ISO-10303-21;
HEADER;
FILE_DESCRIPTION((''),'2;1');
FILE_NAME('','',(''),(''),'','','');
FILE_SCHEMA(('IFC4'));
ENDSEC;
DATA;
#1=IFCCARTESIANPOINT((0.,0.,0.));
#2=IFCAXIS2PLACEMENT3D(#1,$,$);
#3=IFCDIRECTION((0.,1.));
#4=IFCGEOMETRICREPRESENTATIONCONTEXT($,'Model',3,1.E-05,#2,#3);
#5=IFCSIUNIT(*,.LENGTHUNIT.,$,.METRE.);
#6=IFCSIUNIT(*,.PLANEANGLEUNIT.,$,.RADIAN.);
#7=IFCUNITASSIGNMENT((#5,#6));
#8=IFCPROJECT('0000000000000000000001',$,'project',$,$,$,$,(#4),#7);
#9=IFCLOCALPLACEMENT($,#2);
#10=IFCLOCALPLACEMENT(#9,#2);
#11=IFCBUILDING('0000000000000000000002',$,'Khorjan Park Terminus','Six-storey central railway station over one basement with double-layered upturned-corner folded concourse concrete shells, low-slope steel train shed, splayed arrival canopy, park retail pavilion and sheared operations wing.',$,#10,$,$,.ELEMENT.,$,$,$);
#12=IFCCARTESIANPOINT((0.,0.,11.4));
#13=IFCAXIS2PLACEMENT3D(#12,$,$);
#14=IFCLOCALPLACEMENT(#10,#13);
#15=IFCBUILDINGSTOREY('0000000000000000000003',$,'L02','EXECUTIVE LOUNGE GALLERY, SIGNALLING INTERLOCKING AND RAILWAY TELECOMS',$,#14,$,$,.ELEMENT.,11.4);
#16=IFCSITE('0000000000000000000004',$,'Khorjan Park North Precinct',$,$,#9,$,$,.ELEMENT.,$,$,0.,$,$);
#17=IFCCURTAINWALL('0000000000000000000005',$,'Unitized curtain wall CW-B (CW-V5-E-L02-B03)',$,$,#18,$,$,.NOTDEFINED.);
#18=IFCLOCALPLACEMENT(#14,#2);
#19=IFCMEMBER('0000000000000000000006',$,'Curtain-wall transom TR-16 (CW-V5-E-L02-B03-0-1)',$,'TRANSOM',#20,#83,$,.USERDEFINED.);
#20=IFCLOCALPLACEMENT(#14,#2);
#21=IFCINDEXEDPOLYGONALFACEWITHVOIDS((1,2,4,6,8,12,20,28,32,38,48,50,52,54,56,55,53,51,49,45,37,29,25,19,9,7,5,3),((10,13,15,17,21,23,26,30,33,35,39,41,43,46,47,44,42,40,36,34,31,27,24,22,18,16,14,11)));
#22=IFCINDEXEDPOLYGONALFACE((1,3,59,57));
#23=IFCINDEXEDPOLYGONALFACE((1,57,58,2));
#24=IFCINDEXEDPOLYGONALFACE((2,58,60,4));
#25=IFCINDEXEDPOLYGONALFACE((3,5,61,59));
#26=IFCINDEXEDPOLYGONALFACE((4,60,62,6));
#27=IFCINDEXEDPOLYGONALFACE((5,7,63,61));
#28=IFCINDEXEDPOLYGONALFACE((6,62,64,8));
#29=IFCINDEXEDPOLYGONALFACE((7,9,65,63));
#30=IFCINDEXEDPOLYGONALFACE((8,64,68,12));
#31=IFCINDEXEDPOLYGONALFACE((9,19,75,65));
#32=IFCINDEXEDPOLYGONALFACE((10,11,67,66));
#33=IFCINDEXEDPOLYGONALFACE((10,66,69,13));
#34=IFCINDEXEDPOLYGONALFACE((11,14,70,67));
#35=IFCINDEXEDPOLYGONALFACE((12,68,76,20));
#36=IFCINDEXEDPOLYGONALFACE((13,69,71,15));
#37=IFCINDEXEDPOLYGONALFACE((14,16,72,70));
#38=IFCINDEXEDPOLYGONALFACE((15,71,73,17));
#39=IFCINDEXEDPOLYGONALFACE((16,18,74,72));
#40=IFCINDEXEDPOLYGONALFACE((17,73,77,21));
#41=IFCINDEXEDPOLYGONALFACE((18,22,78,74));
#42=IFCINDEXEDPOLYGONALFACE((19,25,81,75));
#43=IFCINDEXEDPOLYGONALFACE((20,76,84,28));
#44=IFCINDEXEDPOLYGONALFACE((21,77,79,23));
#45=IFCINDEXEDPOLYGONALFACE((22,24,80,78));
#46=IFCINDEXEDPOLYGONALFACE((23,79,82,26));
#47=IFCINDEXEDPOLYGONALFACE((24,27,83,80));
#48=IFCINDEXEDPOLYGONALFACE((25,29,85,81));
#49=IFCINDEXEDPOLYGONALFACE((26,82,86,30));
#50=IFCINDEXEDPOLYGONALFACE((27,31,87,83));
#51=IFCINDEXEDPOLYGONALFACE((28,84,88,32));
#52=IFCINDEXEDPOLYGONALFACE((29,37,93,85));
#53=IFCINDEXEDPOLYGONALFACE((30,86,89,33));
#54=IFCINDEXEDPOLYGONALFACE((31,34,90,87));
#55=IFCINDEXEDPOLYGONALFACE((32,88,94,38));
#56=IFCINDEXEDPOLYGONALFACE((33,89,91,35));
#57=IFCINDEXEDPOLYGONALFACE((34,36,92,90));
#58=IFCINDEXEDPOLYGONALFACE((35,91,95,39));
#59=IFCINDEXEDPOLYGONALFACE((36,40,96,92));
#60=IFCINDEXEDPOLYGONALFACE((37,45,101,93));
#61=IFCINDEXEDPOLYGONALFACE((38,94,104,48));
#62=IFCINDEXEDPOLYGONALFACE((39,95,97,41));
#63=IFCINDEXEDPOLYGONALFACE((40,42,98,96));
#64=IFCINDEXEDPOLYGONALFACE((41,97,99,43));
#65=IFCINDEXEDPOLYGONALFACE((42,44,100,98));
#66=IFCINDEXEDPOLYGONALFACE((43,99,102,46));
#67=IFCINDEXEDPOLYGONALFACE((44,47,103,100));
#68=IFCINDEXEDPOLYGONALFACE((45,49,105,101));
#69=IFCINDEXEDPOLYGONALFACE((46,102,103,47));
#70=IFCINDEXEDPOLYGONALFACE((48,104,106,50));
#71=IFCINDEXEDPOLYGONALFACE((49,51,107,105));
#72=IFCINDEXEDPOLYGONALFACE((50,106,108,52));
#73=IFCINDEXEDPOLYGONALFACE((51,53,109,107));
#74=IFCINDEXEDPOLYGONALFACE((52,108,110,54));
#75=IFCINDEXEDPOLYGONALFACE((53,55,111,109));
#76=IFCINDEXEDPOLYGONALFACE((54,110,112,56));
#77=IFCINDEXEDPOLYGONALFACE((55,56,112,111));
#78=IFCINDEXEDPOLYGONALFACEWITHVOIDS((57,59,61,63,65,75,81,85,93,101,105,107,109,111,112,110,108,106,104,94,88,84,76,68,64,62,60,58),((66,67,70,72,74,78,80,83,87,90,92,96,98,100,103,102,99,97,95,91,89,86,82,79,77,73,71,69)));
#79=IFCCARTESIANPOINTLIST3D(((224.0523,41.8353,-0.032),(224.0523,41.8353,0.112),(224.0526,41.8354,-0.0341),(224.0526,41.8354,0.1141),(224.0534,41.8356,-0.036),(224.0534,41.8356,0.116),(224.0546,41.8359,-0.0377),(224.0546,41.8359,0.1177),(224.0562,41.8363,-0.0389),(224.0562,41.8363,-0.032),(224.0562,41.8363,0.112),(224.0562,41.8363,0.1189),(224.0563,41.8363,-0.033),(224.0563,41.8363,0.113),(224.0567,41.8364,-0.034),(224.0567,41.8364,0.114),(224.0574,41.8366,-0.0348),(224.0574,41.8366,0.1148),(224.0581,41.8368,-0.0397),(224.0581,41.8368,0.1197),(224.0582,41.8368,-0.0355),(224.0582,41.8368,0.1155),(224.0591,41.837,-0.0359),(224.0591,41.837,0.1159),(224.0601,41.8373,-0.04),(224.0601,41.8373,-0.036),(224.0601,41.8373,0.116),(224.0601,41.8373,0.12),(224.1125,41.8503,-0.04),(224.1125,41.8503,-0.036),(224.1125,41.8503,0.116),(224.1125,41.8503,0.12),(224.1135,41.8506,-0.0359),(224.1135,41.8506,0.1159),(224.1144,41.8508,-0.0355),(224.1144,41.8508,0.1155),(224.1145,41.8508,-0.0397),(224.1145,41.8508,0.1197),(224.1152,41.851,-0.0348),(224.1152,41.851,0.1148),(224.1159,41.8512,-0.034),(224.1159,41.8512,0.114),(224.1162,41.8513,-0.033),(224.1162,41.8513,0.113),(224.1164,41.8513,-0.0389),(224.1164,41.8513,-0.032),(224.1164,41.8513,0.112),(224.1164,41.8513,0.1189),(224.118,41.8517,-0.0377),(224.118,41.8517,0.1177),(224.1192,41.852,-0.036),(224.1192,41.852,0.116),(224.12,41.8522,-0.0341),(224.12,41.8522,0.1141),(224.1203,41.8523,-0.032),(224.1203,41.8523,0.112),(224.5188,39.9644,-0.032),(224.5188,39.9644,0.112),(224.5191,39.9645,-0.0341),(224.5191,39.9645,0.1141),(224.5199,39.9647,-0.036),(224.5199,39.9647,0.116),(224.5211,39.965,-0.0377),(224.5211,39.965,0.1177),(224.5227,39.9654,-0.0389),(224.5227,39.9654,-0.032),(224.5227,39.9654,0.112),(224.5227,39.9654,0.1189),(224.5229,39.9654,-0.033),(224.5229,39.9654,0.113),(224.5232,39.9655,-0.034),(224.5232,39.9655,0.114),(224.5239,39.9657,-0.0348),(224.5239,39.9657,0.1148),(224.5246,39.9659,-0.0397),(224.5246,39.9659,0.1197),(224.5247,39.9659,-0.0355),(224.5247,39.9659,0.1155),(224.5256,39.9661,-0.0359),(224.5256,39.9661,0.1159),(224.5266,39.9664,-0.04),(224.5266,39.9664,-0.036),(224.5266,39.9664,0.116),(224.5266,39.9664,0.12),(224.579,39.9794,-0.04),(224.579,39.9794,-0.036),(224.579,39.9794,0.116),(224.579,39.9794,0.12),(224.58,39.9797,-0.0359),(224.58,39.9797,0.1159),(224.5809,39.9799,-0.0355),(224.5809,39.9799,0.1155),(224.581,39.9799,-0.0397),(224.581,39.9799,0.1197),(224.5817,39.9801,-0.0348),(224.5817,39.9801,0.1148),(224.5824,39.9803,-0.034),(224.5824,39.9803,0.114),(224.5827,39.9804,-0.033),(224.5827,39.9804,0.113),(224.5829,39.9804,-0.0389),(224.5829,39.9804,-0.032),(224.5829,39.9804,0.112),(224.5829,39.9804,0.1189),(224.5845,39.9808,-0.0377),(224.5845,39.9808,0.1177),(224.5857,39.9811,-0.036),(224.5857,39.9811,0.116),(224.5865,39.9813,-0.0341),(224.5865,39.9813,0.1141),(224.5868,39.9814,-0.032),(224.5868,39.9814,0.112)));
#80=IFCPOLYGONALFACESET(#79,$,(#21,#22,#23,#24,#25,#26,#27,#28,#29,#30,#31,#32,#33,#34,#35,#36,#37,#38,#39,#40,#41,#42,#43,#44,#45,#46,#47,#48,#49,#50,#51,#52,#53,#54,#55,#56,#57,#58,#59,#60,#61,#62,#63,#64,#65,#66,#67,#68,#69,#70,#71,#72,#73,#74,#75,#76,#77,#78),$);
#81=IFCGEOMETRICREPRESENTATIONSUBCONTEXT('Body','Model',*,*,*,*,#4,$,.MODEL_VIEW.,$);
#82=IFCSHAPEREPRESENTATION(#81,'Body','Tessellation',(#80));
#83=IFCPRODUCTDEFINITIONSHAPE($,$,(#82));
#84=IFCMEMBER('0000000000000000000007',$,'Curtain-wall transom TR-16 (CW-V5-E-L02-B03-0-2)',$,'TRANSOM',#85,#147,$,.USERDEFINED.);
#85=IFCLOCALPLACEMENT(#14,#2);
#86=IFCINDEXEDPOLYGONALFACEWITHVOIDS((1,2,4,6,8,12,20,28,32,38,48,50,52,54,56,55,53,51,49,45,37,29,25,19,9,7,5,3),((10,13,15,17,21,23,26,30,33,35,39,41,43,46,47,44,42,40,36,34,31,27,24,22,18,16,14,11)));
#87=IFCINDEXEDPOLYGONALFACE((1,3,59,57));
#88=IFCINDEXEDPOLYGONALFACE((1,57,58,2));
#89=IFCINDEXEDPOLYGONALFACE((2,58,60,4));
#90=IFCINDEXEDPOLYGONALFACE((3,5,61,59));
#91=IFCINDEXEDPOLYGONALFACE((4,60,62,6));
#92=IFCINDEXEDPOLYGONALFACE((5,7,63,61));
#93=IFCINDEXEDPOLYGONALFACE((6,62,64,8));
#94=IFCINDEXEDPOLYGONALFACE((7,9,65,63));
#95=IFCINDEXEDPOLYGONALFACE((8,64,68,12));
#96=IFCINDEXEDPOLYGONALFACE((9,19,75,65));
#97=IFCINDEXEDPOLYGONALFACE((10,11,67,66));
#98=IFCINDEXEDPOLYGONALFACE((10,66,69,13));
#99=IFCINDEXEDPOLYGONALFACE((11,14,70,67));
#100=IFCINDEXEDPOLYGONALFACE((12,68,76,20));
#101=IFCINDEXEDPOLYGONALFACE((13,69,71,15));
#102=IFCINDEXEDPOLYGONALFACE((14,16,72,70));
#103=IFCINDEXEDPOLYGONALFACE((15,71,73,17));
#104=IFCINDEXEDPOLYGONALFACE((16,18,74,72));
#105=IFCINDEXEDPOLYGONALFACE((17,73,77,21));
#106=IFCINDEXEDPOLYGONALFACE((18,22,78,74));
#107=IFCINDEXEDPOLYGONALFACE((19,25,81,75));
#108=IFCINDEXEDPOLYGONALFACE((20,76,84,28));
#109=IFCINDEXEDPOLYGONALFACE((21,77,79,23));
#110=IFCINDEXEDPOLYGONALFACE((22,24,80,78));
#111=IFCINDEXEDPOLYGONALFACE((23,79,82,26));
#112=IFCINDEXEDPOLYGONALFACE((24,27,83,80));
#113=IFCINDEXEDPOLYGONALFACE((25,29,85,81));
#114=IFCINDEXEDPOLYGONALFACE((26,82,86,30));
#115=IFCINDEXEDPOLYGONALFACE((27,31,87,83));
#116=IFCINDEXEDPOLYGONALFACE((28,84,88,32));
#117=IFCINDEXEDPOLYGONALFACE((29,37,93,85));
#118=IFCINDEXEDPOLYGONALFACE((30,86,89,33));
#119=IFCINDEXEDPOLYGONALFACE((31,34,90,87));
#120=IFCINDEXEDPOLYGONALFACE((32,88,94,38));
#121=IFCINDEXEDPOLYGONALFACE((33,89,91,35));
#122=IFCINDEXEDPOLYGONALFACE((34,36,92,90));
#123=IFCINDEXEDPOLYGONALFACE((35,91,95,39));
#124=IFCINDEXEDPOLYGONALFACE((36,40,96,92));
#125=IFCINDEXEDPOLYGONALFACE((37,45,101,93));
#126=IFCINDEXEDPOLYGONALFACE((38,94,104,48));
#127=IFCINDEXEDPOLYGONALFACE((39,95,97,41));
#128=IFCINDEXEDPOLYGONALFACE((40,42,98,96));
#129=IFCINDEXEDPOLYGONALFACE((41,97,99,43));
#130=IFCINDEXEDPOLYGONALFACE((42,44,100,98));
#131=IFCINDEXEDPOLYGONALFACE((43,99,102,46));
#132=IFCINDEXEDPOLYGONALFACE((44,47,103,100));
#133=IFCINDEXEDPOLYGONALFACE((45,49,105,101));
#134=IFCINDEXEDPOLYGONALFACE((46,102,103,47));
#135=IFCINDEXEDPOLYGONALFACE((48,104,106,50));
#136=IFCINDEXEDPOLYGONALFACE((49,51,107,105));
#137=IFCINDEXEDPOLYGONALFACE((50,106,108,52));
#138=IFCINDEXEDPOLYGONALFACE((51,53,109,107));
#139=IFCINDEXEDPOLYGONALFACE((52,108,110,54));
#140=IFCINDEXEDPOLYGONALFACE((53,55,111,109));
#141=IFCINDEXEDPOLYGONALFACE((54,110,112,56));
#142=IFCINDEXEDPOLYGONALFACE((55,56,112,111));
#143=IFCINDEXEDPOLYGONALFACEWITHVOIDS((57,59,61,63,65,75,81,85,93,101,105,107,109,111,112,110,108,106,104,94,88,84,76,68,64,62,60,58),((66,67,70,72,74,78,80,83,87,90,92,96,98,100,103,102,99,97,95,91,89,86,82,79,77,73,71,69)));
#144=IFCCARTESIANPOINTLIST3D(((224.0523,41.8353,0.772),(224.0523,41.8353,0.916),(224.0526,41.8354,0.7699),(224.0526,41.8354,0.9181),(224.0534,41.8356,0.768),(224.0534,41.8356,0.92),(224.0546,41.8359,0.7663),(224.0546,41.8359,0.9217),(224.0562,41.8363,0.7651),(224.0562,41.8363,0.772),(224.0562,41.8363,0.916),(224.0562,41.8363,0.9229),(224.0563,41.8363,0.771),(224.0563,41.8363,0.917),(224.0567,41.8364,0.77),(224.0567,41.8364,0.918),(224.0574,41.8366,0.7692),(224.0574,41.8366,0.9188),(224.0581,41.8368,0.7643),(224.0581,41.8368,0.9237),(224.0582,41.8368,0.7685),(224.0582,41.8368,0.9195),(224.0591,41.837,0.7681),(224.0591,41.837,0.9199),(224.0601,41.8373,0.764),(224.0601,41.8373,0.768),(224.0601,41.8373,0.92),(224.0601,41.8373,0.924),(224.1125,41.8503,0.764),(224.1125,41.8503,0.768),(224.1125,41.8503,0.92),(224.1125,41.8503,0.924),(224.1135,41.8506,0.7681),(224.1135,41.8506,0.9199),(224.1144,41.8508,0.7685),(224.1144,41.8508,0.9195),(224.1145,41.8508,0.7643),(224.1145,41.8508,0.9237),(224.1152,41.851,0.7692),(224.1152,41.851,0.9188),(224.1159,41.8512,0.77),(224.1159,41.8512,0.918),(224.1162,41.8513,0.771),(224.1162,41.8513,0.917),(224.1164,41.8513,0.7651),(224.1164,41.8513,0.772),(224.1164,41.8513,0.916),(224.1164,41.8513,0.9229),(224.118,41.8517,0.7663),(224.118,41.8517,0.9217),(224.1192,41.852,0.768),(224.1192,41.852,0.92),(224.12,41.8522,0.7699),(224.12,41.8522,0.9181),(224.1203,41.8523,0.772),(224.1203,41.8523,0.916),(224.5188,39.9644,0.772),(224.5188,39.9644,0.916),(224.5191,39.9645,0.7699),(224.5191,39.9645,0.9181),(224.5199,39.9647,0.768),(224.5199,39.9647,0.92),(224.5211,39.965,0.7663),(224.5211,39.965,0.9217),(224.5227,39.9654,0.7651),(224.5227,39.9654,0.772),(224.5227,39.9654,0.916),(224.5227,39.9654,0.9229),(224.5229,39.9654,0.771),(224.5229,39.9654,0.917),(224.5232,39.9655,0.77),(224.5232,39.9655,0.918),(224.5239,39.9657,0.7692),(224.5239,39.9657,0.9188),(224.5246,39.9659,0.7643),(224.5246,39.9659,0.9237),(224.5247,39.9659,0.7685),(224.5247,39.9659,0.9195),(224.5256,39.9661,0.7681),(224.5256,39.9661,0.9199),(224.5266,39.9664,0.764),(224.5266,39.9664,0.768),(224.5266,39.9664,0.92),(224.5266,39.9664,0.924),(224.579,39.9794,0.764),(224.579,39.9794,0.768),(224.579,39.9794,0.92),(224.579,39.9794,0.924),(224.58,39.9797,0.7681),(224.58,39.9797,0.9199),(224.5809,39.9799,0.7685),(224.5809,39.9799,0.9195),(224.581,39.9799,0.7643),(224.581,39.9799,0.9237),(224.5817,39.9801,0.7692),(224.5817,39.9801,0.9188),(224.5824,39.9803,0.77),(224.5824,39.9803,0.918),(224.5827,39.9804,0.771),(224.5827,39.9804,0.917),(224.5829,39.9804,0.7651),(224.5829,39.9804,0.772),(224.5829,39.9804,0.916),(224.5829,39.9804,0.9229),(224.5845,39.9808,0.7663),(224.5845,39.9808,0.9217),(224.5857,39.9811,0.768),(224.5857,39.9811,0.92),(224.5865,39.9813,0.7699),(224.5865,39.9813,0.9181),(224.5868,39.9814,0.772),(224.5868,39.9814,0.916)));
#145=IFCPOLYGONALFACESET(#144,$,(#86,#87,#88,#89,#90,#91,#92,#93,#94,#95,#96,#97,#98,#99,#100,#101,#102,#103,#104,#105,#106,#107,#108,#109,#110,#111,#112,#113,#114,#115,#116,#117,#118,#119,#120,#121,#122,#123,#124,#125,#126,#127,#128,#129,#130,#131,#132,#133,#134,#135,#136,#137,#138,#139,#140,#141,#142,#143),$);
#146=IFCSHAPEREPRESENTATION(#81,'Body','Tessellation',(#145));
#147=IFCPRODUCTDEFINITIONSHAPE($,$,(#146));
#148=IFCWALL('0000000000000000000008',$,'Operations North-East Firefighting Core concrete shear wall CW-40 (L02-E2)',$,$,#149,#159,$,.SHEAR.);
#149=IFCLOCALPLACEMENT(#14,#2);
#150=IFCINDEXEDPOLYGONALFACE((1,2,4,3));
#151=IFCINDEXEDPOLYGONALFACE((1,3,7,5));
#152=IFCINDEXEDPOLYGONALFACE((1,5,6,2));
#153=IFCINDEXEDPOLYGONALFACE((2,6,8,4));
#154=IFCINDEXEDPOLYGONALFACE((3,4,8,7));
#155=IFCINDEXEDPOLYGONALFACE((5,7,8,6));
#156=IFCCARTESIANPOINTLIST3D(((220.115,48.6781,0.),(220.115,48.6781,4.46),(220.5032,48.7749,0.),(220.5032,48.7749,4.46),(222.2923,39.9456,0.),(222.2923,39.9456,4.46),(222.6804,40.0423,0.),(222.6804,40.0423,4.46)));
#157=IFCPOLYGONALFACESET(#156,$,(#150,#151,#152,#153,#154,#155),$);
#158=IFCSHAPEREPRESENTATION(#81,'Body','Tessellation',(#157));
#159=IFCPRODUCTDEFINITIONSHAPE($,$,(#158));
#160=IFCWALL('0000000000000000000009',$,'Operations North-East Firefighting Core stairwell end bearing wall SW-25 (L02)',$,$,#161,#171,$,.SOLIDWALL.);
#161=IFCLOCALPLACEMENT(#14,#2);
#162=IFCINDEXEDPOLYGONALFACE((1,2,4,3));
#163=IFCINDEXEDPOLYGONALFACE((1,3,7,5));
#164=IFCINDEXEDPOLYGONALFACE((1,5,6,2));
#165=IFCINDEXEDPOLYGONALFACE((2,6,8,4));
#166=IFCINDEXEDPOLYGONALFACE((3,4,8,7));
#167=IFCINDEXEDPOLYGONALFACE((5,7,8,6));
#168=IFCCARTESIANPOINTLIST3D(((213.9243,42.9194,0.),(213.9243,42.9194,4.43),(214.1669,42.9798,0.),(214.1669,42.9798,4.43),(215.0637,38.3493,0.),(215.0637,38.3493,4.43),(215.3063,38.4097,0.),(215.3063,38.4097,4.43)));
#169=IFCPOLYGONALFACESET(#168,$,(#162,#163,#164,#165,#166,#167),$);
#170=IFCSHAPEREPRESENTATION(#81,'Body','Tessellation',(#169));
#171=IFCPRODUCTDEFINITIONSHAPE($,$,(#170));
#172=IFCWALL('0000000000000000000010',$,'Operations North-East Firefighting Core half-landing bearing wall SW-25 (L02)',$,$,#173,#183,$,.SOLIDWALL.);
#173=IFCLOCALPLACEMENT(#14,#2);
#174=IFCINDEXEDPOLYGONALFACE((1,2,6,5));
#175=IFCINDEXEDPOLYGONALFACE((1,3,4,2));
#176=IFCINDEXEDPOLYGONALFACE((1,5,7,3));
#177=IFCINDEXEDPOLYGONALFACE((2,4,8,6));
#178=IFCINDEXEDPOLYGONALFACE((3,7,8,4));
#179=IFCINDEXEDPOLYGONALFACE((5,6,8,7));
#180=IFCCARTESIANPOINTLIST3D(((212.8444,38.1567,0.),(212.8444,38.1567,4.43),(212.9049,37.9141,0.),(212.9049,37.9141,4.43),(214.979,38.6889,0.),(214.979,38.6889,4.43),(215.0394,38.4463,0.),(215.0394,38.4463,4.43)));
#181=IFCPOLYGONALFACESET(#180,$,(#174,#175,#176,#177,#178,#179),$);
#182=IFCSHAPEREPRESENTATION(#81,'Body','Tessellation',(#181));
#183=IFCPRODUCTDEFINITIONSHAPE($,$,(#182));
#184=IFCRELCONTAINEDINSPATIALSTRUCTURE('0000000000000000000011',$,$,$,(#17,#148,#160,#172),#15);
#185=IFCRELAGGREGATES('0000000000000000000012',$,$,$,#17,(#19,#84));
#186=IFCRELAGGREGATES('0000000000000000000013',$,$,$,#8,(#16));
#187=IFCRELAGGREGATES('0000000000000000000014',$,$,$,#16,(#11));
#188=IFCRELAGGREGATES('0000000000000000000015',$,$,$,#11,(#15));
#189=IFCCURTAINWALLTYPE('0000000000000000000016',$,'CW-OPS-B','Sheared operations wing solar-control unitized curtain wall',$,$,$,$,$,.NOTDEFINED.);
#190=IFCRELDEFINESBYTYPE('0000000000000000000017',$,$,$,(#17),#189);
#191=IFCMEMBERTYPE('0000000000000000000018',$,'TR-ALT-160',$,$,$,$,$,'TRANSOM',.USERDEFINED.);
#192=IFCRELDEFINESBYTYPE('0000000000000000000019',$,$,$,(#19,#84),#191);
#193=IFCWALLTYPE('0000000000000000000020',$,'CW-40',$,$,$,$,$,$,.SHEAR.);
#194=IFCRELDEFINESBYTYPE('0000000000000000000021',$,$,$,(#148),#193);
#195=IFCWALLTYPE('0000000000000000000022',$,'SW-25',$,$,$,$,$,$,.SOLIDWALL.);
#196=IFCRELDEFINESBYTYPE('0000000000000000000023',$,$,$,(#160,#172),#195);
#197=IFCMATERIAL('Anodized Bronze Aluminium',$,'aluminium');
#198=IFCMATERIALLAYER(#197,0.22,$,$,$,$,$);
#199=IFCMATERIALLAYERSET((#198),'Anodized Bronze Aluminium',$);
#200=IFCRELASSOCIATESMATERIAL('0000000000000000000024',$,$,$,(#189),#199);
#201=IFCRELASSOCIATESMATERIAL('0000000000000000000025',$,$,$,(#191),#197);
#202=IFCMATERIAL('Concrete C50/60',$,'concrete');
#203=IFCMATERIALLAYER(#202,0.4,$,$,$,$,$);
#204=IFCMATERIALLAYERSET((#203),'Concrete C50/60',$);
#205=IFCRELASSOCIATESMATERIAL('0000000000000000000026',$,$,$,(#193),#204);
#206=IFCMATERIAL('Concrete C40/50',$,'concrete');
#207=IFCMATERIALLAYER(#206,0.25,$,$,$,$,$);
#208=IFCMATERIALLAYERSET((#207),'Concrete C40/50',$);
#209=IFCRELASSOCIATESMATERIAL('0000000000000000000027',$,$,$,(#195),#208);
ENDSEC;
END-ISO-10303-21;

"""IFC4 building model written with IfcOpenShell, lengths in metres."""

from ifc_helpers import new_model, si_unit, direction, frame, frame_2d, origin, origin_2d, place, context, subcontext, project, spatial, rectangle, hollow_rectangle, extrude, material, layer, layer_set, material_profile, profile_set, type_object, element, aggregate, save


model = new_model("IFC4")

# Units and contexts
model_context = context("Model", 3, precision=1e-05, world=origin(), true_north=direction((0.0, 1.0)))
body_context = subcontext(model_context, "Body", "Model", "MODEL_VIEW")
ifc_project = project(units=[si_unit("LENGTHUNIT", "METRE"), si_unit("PLANEANGLEUNIT", "RADIAN")], contexts=[model_context])

# Site, building, storey
site_placement = place(None, origin())
site = spatial("IfcSite", under=ifc_project, at=site_placement, Name="Khorjan Park North Precinct", CompositionType="ELEMENT", RefElevation=0.0)
building_placement = place(site_placement, origin())
building = spatial("IfcBuilding", under=site, at=building_placement, Name="Khorjan Park Terminus", Description="Six-storey central railway station over one basement with double-layered upturned-corner folded concourse concrete shells, low-slope steel train shed, splayed arrival canopy, park retail pavilion and sheared operations wing.", CompositionType="ELEMENT")
storey_placement = place(building_placement, frame((0.0, 0.0, 11.4)))
storey = spatial("IfcBuildingStorey", under=building, at=storey_placement, Name="L02", Description="EXECUTIVE LOUNGE GALLERY, SIGNALLING INTERLOCKING AND RAILWAY TELECOMS", CompositionType="ELEMENT", Elevation=11.4)

# Shared definitions
ifc_material_1 = material(Name="Concrete C50/60", Category="concrete")

# Shared definitions
ifc_material_2 = material(Name="Concrete C40/50", Category="concrete")

# Curtain wall, members
ifc_material_3 = material(Name="Anodized Bronze Aluminium", Category="aluminium")
ifc_layer_1 = layer(ifc_material_3, 0.22)
ifc_layer_set_1 = layer_set([ifc_layer_1], Name="Anodized Bronze Aluminium")
curtain_wall_type = type_object("IfcCurtainWallType", Name="CW-OPS-B", Description="Sheared operations wing solar-control unitized curtain wall", PredefinedType="NOTDEFINED", material=ifc_layer_set_1)
curtain_wall_placement = place(storey_placement, origin())
curtain_wall = element("IfcCurtainWall", 1, at=curtain_wall_placement, inside=storey, type_object=curtain_wall_type, Name="Unitized curtain wall CW-B (CW-V5-E-L02-B03)", PredefinedType="NOTDEFINED")
ifc_material_profile_1 = material_profile(ifc_material_3, hollow_rectangle(XDim=0.07, YDim=0.16, WallThickness=0.004, InnerFilletRadius=0.004, OuterFilletRadius=0.008, at=origin_2d()), Name="ALT 70x160x4")
ifc_profile_set_1 = profile_set([ifc_material_profile_1], Name="Anodized Bronze Aluminium")
member_type_1 = type_object("IfcMemberType", Name="TR-ALT-160", ElementType="TRANSOM", PredefinedType="USERDEFINED", material=ifc_profile_set_1)
member_1_placement = place(storey_placement, frame((224.5528, 39.9729, 0.04), z_axis=(-0.241938, 0.970292, 0.0), x_axis=(-0.970292, -0.241938, 0.0)))
member_1 = element("IfcMember", 2, at=member_1_placement, type_object=member_type_1, Name="Curtain-wall transom TR-16 (CW-V5-E-L02-B03-0-1)", ObjectType="TRANSOM", PredefinedType="USERDEFINED", context=body_context, shape_type="SweptSolid", body=[
    extrude(hollow_rectangle(XDim=0.07, YDim=0.16, WallThickness=0.004, InnerFilletRadius=0.004, OuterFilletRadius=0.008, at=origin_2d()), origin(), (0.0, 0.0, 1.0), 1.9282),
])
member_2_placement = place(storey_placement, frame((224.5528, 39.9729, 0.844), z_axis=(-0.241938, 0.970292, 0.0), x_axis=(-0.970292, -0.241938, 0.0)))
member_2 = element("IfcMember", 3, at=member_2_placement, type_object=member_type_1, Name="Curtain-wall transom TR-16 (CW-V5-E-L02-B03-0-2)", ObjectType="TRANSOM", PredefinedType="USERDEFINED", context=body_context, shape_type="SweptSolid", body=[
    extrude(hollow_rectangle(XDim=0.07, YDim=0.16, WallThickness=0.004, InnerFilletRadius=0.004, OuterFilletRadius=0.008, at=origin_2d()), origin(), (0.0, 0.0, 1.0), 1.9282),
])
aggregate(curtain_wall, [member_1, member_2])

# Walls
ifc_layer_2 = layer(ifc_material_1, 0.4)
ifc_layer_set_2 = layer_set([ifc_layer_2], Name="Concrete C50/60")
wall_type_1 = type_object("IfcWallType", Name="CW-40", PredefinedType="SHEAR", material=ifc_layer_set_2)
wall_1_placement = place(storey_placement, frame((222.4864, 39.9939, 0.0), z_axis=(0.0, 0.0, 1.0), x_axis=(-0.241924, 0.970295, 0.0)))
element("IfcWall", 4, at=wall_1_placement, inside=storey, type_object=wall_type_1, Name="Operations North-East Firefighting Core concrete shear wall CW-40 (L02-E2)", PredefinedType="SHEAR", context=body_context, shape_type="SweptSolid", body=[
    extrude(rectangle(XDim=8.9999, YDim=0.4, at=frame_2d((4.5, 0.0))), origin(), (0.0, 0.0, 1.0), 4.46),
])
ifc_layer_3 = layer(ifc_material_2, 0.25)
ifc_layer_set_3 = layer_set([ifc_layer_3], Name="Concrete C40/50")
wall_type_2 = type_object("IfcWallType", Name="SW-25", PredefinedType="SOLIDWALL", material=ifc_layer_set_3)
wall_2_placement = place(storey_placement, frame((215.185, 38.3795, 0.0), z_axis=(0.0, 0.0, 1.0), x_axis=(-0.241911, 0.970298, 0.0)))
element("IfcWall", 5, at=wall_2_placement, inside=storey, type_object=wall_type_2, Name="Operations North-East Firefighting Core stairwell end bearing wall SW-25 (L02)", PredefinedType="SOLIDWALL", context=body_context, shape_type="SweptSolid", body=[
    extrude(rectangle(XDim=4.71, YDim=0.25, at=frame_2d((2.355, 0.0))), origin(), (0.0, 0.0, 1.0), 4.43),
])
wall_3_placement = place(storey_placement, frame((212.8747, 38.0354, 0.0), z_axis=(0.0, 0.0, 1.0), x_axis=(0.970297, 0.241915, 0.0)))
element("IfcWall", 6, at=wall_3_placement, inside=storey, type_object=wall_type_2, Name="Operations North-East Firefighting Core half-landing bearing wall SW-25 (L02)", PredefinedType="SOLIDWALL", context=body_context, shape_type="SweptSolid", body=[
    extrude(rectangle(XDim=2.1999, YDim=0.25, at=frame_2d((1.0999, 0.0))), origin(), (0.0, 0.0, 1.0), 4.43),
])

save(model, "model.ifc")
